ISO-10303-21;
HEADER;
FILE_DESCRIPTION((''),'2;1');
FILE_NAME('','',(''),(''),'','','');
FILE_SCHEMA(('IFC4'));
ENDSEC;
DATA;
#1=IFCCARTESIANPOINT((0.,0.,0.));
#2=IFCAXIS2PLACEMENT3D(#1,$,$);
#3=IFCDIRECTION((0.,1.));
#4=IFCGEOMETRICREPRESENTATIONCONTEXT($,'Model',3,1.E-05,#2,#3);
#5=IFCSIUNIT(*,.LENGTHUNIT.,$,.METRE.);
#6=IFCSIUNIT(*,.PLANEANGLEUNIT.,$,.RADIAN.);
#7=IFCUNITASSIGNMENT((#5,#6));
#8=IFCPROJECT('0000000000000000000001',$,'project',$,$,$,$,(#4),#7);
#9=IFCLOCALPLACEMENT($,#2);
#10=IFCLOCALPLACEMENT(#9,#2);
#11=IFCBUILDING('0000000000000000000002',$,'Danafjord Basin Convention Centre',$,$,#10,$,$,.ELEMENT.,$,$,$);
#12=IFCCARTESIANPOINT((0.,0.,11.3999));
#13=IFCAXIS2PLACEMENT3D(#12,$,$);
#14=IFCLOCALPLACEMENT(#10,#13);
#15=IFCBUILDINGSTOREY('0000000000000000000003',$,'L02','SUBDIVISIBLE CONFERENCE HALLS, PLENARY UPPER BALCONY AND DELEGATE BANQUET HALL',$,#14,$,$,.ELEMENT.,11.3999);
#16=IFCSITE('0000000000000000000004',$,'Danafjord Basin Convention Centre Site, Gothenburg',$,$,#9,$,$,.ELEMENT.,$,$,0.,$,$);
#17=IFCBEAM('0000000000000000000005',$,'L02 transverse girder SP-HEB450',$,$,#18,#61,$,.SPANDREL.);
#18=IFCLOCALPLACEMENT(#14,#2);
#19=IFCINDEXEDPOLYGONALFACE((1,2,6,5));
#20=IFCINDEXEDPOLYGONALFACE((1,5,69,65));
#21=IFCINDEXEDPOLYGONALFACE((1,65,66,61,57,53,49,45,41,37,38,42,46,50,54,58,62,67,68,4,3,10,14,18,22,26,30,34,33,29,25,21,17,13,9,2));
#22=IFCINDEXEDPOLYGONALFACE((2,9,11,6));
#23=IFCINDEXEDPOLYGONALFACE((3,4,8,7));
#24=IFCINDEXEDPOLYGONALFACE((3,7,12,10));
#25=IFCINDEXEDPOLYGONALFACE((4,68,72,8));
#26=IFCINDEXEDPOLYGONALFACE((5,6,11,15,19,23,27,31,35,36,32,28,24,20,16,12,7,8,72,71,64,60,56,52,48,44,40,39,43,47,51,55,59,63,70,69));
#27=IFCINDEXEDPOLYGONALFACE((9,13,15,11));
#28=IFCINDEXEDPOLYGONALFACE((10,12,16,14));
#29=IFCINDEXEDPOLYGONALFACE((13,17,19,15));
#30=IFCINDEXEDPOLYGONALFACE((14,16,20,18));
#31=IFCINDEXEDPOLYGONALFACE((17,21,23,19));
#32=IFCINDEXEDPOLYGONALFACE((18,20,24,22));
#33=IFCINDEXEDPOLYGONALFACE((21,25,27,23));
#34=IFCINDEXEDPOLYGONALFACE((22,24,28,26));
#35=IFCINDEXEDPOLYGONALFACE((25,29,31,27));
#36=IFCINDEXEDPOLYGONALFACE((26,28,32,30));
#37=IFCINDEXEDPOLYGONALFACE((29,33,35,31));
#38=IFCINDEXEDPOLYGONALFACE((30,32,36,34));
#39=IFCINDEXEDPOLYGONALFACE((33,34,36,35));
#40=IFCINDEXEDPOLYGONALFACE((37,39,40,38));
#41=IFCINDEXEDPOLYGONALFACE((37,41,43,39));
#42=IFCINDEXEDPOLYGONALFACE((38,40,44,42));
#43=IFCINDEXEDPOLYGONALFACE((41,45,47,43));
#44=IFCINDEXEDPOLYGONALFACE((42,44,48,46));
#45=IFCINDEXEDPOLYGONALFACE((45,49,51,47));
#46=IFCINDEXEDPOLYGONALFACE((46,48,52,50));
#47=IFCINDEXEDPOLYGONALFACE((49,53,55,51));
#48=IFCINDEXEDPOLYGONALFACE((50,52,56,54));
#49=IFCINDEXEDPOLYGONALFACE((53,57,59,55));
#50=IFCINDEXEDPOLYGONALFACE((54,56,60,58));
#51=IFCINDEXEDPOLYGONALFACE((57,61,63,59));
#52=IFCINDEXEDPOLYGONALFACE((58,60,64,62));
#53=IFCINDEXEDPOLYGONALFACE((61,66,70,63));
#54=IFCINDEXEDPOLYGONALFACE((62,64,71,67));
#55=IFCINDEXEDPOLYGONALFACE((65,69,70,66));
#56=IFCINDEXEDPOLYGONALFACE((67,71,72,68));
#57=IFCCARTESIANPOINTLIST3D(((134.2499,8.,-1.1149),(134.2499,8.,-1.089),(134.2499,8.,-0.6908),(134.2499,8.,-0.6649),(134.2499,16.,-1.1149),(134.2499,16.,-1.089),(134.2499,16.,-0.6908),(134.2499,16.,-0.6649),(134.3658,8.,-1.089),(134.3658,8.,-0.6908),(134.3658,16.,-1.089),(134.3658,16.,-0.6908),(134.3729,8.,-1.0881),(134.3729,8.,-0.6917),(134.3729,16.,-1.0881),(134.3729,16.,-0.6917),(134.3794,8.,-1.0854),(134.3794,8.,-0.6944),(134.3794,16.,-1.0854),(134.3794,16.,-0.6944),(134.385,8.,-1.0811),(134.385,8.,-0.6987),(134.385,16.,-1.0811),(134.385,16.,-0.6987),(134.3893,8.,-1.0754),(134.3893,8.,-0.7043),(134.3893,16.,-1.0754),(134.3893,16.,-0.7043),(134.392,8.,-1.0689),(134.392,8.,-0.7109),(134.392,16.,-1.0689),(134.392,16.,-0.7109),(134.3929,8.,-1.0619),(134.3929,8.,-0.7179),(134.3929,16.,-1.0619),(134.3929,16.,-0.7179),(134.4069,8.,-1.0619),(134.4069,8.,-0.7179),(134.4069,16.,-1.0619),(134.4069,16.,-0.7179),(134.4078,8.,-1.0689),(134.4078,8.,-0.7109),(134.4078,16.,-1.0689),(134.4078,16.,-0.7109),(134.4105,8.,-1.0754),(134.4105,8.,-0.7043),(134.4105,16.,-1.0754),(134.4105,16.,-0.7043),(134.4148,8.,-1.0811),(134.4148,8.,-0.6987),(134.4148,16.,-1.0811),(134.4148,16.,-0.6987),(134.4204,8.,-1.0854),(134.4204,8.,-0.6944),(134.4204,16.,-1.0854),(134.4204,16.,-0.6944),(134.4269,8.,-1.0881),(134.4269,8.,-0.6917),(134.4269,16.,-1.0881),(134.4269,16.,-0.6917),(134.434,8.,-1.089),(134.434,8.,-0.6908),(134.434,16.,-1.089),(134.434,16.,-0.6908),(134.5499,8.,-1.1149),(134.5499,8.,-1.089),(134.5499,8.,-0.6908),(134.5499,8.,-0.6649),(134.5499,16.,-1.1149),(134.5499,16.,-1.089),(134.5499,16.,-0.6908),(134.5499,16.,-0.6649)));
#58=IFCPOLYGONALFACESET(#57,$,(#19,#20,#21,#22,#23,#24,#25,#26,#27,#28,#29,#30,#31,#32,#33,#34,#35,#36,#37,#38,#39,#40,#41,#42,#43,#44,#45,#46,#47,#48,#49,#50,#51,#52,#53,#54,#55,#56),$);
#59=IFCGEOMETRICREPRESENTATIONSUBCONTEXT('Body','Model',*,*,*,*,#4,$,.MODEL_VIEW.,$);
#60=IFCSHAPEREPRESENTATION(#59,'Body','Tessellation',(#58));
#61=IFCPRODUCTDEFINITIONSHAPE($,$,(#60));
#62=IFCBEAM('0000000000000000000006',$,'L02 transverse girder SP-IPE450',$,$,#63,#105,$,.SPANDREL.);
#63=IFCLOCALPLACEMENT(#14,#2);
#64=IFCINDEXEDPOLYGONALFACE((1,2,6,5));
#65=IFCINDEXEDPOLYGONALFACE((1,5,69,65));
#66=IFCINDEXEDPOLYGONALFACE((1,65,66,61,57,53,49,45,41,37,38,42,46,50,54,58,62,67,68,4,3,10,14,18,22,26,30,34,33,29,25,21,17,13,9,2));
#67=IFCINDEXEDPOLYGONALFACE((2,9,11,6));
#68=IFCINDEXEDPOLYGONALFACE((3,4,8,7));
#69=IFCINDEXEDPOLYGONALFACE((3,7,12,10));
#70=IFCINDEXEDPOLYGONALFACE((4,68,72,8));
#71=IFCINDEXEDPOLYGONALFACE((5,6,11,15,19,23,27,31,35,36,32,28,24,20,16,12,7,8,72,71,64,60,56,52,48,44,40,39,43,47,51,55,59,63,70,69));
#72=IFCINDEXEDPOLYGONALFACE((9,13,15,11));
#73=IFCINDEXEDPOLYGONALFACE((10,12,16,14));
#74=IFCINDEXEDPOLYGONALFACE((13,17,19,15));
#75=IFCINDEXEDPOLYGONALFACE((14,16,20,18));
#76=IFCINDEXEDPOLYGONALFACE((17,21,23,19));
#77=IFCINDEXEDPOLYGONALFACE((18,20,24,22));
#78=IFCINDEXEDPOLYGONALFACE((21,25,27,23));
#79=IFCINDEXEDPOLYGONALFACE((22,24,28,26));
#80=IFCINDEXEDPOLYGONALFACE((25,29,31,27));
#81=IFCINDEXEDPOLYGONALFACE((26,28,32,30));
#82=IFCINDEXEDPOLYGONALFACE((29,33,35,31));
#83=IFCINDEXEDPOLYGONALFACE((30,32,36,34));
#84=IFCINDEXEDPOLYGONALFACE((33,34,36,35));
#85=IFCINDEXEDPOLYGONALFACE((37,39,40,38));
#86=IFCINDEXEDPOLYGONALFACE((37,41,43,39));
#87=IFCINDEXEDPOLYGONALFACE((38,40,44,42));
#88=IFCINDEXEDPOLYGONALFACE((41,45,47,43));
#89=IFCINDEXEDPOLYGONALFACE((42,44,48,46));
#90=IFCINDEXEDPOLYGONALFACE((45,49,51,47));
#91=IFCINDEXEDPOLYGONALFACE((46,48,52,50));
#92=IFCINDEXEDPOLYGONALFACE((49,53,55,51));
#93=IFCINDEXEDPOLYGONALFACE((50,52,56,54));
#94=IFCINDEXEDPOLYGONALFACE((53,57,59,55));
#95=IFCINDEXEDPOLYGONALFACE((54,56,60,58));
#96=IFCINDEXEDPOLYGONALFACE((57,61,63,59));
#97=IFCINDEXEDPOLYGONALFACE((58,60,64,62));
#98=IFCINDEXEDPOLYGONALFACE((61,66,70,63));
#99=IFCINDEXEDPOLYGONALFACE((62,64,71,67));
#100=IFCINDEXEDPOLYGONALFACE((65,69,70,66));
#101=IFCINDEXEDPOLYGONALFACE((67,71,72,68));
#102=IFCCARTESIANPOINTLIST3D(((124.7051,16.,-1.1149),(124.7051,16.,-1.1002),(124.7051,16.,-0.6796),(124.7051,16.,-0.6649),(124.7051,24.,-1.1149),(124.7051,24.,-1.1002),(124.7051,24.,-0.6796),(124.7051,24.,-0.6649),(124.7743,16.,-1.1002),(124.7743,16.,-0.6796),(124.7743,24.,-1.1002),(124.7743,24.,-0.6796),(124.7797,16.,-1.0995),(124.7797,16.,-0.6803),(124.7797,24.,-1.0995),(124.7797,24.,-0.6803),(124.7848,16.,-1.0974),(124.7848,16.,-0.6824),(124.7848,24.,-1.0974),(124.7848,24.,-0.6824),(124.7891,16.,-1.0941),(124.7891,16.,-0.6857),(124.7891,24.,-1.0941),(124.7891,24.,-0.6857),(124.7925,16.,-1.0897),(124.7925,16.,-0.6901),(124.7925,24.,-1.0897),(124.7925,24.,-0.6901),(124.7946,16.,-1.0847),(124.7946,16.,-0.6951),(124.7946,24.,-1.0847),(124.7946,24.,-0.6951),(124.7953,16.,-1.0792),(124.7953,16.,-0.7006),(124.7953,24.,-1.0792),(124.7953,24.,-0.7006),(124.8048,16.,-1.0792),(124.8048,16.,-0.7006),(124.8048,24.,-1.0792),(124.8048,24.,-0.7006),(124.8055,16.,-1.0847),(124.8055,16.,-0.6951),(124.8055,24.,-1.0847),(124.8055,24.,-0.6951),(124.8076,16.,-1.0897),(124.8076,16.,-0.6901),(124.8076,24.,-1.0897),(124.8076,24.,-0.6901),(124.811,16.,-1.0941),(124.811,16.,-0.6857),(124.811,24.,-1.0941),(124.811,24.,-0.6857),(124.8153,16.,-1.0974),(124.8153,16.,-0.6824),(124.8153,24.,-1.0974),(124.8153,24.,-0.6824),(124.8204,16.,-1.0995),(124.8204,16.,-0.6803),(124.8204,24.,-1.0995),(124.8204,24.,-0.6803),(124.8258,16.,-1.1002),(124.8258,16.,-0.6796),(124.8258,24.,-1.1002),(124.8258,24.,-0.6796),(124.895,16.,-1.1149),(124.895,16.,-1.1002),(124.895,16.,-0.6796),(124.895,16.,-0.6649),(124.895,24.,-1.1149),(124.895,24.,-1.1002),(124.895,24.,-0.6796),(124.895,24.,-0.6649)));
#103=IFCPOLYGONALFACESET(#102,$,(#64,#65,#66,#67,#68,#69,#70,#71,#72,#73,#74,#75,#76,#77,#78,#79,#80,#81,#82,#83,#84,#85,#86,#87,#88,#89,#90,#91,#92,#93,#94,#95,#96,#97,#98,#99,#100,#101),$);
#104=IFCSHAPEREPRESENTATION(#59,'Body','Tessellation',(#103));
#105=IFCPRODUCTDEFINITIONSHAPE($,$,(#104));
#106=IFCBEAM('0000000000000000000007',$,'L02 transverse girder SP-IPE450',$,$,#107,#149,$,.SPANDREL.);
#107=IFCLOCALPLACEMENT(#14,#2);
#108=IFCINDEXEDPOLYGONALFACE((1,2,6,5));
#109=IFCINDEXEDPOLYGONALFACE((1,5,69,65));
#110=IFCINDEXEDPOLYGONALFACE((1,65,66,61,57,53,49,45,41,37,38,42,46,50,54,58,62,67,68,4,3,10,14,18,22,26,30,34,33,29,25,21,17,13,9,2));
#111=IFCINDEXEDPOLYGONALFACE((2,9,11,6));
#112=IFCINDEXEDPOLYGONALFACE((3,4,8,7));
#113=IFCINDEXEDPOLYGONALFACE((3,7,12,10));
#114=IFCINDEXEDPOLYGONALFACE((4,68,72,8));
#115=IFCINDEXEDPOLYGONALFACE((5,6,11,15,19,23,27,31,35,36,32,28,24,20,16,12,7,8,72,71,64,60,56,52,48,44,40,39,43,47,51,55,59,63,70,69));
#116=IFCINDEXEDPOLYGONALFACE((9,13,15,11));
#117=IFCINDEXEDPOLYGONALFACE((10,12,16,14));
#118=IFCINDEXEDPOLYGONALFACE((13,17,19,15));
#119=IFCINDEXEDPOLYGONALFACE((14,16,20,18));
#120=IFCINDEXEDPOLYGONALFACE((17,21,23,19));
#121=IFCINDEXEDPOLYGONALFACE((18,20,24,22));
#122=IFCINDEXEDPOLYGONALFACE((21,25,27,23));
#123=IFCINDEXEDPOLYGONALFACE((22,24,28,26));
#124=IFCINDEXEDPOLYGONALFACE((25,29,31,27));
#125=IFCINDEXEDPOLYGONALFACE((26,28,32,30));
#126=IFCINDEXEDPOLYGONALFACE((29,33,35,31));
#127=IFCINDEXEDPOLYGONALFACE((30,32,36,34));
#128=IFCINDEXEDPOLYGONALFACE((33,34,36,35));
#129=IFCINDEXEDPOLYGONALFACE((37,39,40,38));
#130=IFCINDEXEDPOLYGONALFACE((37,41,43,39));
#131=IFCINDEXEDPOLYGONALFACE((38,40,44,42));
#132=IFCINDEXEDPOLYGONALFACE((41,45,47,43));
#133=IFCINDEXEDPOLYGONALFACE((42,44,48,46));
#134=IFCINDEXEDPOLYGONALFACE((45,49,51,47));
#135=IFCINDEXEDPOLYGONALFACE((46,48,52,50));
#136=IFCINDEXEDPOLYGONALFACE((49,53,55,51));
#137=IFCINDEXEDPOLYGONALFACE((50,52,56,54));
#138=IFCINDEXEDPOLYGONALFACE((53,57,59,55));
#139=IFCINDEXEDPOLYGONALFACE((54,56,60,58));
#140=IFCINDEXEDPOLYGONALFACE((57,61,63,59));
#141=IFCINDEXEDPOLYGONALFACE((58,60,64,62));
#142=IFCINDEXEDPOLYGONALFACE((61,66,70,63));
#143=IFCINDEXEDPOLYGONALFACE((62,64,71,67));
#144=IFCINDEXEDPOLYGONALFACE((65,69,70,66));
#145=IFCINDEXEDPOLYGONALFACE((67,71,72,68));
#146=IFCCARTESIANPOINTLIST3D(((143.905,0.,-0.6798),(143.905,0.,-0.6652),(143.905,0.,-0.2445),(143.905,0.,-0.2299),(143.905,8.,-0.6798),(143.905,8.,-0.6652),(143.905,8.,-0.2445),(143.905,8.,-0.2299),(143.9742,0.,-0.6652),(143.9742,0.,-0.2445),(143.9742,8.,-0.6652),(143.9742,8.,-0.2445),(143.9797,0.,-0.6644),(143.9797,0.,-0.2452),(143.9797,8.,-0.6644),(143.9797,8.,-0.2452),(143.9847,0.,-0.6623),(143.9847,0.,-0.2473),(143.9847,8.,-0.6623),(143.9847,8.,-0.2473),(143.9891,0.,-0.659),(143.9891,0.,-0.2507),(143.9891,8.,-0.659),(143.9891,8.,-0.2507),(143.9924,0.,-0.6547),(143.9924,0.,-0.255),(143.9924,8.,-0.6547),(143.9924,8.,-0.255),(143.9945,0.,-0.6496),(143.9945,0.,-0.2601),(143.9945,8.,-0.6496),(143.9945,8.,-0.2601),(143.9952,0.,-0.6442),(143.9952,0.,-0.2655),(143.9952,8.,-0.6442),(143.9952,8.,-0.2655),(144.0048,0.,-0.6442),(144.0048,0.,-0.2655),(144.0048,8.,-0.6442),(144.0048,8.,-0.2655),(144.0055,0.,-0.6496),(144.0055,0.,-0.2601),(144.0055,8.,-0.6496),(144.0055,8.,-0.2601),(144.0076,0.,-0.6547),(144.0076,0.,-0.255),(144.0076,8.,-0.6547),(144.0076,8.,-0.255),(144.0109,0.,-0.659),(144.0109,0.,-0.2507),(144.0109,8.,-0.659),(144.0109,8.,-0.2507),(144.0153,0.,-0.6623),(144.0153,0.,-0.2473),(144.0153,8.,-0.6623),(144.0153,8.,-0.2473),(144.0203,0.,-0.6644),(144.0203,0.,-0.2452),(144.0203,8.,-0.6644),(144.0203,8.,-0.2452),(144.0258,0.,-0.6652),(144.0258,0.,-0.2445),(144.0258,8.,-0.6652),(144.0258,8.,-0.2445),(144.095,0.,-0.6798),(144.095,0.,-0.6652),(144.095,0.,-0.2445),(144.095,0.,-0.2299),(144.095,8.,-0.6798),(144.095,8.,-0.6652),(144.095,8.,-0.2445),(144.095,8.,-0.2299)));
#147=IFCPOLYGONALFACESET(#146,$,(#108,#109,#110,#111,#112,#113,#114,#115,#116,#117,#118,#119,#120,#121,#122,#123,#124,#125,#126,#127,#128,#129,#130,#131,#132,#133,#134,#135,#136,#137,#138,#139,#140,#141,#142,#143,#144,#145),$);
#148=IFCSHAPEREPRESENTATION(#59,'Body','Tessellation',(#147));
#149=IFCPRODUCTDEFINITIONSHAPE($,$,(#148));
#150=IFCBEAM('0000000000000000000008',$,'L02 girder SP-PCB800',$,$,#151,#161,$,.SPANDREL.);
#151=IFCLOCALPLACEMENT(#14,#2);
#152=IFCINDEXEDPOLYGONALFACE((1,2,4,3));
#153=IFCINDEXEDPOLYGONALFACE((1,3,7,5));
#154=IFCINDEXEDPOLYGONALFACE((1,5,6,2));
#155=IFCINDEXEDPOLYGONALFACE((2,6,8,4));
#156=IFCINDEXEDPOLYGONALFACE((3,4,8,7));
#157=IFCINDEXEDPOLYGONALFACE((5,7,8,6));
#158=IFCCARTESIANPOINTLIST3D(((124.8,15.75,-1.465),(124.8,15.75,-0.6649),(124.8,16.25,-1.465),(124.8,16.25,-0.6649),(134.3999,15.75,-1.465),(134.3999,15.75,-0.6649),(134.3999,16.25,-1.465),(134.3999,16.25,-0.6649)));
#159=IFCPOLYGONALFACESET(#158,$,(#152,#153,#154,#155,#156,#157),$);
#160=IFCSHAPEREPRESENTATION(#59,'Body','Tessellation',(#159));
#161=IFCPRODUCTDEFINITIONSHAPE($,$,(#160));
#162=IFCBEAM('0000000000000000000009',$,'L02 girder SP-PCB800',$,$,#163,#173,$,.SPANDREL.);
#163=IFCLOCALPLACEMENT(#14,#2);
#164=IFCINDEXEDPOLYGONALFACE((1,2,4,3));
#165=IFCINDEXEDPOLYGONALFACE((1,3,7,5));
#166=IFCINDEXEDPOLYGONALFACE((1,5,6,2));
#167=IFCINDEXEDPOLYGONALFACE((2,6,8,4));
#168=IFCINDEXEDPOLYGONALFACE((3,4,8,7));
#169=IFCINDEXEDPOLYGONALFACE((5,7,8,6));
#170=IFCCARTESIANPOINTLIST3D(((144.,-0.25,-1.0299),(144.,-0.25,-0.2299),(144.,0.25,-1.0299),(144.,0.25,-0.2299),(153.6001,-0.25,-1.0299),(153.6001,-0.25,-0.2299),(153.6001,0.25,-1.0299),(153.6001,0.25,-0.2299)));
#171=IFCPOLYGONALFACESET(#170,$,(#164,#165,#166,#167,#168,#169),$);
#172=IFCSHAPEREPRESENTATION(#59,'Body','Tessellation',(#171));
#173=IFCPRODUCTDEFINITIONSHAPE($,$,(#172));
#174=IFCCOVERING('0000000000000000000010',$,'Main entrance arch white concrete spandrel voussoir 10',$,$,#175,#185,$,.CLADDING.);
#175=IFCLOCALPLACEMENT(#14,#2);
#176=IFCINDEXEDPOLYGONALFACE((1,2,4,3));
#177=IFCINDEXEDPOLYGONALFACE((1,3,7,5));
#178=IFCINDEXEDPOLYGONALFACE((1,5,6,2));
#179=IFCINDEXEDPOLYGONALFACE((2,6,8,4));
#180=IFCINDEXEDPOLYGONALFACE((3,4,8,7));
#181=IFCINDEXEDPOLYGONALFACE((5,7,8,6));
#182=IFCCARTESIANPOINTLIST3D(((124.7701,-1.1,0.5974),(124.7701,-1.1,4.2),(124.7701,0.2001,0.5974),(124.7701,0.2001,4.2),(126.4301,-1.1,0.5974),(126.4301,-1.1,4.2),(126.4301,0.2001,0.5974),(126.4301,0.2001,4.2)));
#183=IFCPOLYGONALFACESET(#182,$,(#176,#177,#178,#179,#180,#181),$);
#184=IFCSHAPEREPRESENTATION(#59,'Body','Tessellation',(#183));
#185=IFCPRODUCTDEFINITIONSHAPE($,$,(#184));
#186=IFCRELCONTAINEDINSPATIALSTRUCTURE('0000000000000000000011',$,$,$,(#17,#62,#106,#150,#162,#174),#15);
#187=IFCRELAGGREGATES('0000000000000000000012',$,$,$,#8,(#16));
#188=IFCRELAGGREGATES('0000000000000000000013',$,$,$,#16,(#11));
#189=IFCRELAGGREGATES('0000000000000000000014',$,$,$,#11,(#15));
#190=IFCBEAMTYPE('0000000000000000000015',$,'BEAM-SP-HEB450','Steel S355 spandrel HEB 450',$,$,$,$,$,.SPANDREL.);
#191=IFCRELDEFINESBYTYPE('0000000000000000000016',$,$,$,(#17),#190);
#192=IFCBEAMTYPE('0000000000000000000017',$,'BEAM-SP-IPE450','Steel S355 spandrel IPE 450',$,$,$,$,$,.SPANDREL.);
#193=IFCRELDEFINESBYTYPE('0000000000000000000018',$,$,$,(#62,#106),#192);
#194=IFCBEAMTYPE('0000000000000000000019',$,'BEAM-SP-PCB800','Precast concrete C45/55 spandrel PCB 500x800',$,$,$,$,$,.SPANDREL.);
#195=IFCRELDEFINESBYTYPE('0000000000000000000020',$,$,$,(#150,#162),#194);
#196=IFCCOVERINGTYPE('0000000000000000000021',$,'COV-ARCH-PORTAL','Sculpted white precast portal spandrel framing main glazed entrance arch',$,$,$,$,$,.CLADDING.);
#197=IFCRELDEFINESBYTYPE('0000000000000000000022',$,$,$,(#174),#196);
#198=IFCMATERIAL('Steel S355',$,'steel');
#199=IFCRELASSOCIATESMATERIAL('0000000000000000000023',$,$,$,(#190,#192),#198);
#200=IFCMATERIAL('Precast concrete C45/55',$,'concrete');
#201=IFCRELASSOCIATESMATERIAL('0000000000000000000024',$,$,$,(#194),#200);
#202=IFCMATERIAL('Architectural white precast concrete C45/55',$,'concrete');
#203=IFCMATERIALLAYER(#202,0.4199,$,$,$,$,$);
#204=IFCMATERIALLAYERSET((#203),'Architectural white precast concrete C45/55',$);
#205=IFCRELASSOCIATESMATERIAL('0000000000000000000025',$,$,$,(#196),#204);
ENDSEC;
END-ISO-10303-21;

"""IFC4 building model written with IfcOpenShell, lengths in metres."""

from ifc_helpers import new_model, si_unit, direction, frame, origin, origin_2d, place, context, subcontext, project, spatial, rectangle, i_section, extrude, material, layer, layer_set, material_profile, profile_set, type_object, element, save


model = new_model("IFC4")

# Units and contexts
model_context = context("Model", 3, precision=1e-05, world=origin(), true_north=direction((0.0, 1.0)))
body_context = subcontext(model_context, "Body", "Model", "MODEL_VIEW")
ifc_project = project(units=[si_unit("LENGTHUNIT", "METRE"), si_unit("PLANEANGLEUNIT", "RADIAN")], contexts=[model_context])

# Site, building, storey
site_placement = place(None, origin())
site = spatial("IfcSite", under=ifc_project, at=site_placement, Name="Danafjord Basin Convention Centre Site, Gothenburg", CompositionType="ELEMENT", RefElevation=0.0)
building_placement = place(site_placement, origin())
building = spatial("IfcBuilding", under=site, at=building_placement, Name="Danafjord Basin Convention Centre", CompositionType="ELEMENT")
storey_placement = place(building_placement, frame((0.0, 0.0, 11.3999)))
storey = spatial("IfcBuildingStorey", under=building, at=storey_placement, Name="L02", Description="SUBDIVISIBLE CONFERENCE HALLS, PLENARY UPPER BALCONY AND DELEGATE BANQUET HALL", CompositionType="ELEMENT", Elevation=11.3999)

# Shared definitions
ifc_material_1 = material(Name="Steel S355", Category="steel")

# Beams
ifc_material_profile_1 = material_profile(ifc_material_1, i_section(OverallWidth=0.3, OverallDepth=0.45, WebThickness=0.0139, FlangeThickness=0.0259, FilletRadius=0.0271, at=origin_2d()), Name="HEB 450")
ifc_profile_set_1 = profile_set([ifc_material_profile_1], Name="Steel S355")
beam_type_1 = type_object("IfcBeamType", Name="BEAM-SP-HEB450", Description="Steel S355 spandrel HEB 450", PredefinedType="SPANDREL", material=ifc_profile_set_1)
beam_1_placement = place(storey_placement, frame((134.3999, 8.0, -0.8899), z_axis=(0.0, 1.0, 0.0), x_axis=(-1.0, 0.0, 0.0)))
element("IfcBeam", 1, at=beam_1_placement, inside=storey, type_object=beam_type_1, Name="L02 transverse girder SP-HEB450", PredefinedType="SPANDREL", context=body_context, shape_type="SweptSolid", body=[
    extrude(i_section(OverallWidth=0.3, OverallDepth=0.45, WebThickness=0.0139, FlangeThickness=0.0259, FilletRadius=0.0271, at=origin_2d()), origin(), (0.0, 0.0, 1.0), 8.0),
])
ifc_material_profile_2 = material_profile(ifc_material_1, i_section(OverallWidth=0.1899, OverallDepth=0.45, WebThickness=0.0095, FlangeThickness=0.0146, FilletRadius=0.021, at=origin_2d()), Name="IPE 450")
ifc_profile_set_2 = profile_set([ifc_material_profile_2], Name="Steel S355")
beam_type_2 = type_object("IfcBeamType", Name="BEAM-SP-IPE450", Description="Steel S355 spandrel IPE 450", PredefinedType="SPANDREL", material=ifc_profile_set_2)
for number, where, z_axis, x_axis, name in (
    (2, (124.8, 16.0, -0.8899), (0.0, 1.0, 0.0), (-1.0, 0.0, 0.0), "L02 transverse girder SP-IPE450"),
    (3, (144.0, 0.0, -0.4548), (0.0, 1.0, 0.0), (-1.0, 0.0, 0.0), "L02 transverse girder SP-IPE450"),
):
    element("IfcBeam", number, at=place(storey_placement, frame(where, z_axis=z_axis, x_axis=x_axis)), inside=storey, type_object=beam_type_2, Name=name, PredefinedType="SPANDREL", context=body_context, shape_type="SweptSolid", body=[
        extrude(i_section(OverallWidth=0.1899, OverallDepth=0.45, WebThickness=0.0095, FlangeThickness=0.0146, FilletRadius=0.021, at=origin_2d()), origin(), (0.0, 0.0, 1.0), 8.0),
    ])
ifc_material_2 = material(Name="Precast concrete C45/55", Category="concrete")
ifc_material_profile_3 = material_profile(ifc_material_2, rectangle(XDim=0.5, YDim=0.8, at=origin_2d()), Name="PCB 500x800")
ifc_profile_set_3 = profile_set([ifc_material_profile_3], Name="Precast concrete C45/55")
beam_type_3 = type_object("IfcBeamType", Name="BEAM-SP-PCB800", Description="Precast concrete C45/55 spandrel PCB 500x800", PredefinedType="SPANDREL", material=ifc_profile_set_3)
beam_2_placement = place(storey_placement, frame((124.8, 16.0, -1.0649), z_axis=(1.0, 0.0, 0.0), x_axis=(0.0, 1.0, 0.0)))
element("IfcBeam", 4, at=beam_2_placement, inside=storey, type_object=beam_type_3, Name="L02 girder SP-PCB800", PredefinedType="SPANDREL", context=body_context, shape_type="SweptSolid", body=[
    extrude(rectangle(XDim=0.5, YDim=0.8, at=origin_2d()), origin(), (0.0, 0.0, 1.0), 9.5999),
])
beam_3_placement = place(storey_placement, frame((144.0, 0.0, -0.6299), z_axis=(1.0, 0.0, 0.0), x_axis=(0.0, 1.0, 0.0)))
element("IfcBeam", 5, at=beam_3_placement, inside=storey, type_object=beam_type_3, Name="L02 girder SP-PCB800", PredefinedType="SPANDREL", context=body_context, shape_type="SweptSolid", body=[
    extrude(rectangle(XDim=0.5, YDim=0.8, at=origin_2d()), origin(), (0.0, 0.0, 1.0), 9.6001),
])

# Covering
ifc_material_3 = material(Name="Architectural white precast concrete C45/55", Category="concrete")
ifc_layer = layer(ifc_material_3, 0.4199)
ifc_layer_set = layer_set([ifc_layer], Name="Architectural white precast concrete C45/55")
covering_type = type_object("IfcCoveringType", Name="COV-ARCH-PORTAL", Description="Sculpted white precast portal spandrel framing main glazed entrance arch", PredefinedType="CLADDING", material=ifc_layer_set)
covering_1_placement = place(storey_placement, frame((125.6001, -0.45, 0.5974), z_axis=(0.0, 0.0, 1.0), x_axis=(1.0, 0.0, 0.0)))
element("IfcCovering", 6, at=covering_1_placement, inside=storey, type_object=covering_type, Name="Main entrance arch white concrete spandrel voussoir 10", PredefinedType="CLADDING", context=body_context, shape_type="SweptSolid", body=[
    extrude(rectangle(XDim=1.6599, YDim=1.3, at=origin_2d()), origin(), (0.0, 0.0, 1.0), 3.6025),
])

save(model, "model.ifc")
